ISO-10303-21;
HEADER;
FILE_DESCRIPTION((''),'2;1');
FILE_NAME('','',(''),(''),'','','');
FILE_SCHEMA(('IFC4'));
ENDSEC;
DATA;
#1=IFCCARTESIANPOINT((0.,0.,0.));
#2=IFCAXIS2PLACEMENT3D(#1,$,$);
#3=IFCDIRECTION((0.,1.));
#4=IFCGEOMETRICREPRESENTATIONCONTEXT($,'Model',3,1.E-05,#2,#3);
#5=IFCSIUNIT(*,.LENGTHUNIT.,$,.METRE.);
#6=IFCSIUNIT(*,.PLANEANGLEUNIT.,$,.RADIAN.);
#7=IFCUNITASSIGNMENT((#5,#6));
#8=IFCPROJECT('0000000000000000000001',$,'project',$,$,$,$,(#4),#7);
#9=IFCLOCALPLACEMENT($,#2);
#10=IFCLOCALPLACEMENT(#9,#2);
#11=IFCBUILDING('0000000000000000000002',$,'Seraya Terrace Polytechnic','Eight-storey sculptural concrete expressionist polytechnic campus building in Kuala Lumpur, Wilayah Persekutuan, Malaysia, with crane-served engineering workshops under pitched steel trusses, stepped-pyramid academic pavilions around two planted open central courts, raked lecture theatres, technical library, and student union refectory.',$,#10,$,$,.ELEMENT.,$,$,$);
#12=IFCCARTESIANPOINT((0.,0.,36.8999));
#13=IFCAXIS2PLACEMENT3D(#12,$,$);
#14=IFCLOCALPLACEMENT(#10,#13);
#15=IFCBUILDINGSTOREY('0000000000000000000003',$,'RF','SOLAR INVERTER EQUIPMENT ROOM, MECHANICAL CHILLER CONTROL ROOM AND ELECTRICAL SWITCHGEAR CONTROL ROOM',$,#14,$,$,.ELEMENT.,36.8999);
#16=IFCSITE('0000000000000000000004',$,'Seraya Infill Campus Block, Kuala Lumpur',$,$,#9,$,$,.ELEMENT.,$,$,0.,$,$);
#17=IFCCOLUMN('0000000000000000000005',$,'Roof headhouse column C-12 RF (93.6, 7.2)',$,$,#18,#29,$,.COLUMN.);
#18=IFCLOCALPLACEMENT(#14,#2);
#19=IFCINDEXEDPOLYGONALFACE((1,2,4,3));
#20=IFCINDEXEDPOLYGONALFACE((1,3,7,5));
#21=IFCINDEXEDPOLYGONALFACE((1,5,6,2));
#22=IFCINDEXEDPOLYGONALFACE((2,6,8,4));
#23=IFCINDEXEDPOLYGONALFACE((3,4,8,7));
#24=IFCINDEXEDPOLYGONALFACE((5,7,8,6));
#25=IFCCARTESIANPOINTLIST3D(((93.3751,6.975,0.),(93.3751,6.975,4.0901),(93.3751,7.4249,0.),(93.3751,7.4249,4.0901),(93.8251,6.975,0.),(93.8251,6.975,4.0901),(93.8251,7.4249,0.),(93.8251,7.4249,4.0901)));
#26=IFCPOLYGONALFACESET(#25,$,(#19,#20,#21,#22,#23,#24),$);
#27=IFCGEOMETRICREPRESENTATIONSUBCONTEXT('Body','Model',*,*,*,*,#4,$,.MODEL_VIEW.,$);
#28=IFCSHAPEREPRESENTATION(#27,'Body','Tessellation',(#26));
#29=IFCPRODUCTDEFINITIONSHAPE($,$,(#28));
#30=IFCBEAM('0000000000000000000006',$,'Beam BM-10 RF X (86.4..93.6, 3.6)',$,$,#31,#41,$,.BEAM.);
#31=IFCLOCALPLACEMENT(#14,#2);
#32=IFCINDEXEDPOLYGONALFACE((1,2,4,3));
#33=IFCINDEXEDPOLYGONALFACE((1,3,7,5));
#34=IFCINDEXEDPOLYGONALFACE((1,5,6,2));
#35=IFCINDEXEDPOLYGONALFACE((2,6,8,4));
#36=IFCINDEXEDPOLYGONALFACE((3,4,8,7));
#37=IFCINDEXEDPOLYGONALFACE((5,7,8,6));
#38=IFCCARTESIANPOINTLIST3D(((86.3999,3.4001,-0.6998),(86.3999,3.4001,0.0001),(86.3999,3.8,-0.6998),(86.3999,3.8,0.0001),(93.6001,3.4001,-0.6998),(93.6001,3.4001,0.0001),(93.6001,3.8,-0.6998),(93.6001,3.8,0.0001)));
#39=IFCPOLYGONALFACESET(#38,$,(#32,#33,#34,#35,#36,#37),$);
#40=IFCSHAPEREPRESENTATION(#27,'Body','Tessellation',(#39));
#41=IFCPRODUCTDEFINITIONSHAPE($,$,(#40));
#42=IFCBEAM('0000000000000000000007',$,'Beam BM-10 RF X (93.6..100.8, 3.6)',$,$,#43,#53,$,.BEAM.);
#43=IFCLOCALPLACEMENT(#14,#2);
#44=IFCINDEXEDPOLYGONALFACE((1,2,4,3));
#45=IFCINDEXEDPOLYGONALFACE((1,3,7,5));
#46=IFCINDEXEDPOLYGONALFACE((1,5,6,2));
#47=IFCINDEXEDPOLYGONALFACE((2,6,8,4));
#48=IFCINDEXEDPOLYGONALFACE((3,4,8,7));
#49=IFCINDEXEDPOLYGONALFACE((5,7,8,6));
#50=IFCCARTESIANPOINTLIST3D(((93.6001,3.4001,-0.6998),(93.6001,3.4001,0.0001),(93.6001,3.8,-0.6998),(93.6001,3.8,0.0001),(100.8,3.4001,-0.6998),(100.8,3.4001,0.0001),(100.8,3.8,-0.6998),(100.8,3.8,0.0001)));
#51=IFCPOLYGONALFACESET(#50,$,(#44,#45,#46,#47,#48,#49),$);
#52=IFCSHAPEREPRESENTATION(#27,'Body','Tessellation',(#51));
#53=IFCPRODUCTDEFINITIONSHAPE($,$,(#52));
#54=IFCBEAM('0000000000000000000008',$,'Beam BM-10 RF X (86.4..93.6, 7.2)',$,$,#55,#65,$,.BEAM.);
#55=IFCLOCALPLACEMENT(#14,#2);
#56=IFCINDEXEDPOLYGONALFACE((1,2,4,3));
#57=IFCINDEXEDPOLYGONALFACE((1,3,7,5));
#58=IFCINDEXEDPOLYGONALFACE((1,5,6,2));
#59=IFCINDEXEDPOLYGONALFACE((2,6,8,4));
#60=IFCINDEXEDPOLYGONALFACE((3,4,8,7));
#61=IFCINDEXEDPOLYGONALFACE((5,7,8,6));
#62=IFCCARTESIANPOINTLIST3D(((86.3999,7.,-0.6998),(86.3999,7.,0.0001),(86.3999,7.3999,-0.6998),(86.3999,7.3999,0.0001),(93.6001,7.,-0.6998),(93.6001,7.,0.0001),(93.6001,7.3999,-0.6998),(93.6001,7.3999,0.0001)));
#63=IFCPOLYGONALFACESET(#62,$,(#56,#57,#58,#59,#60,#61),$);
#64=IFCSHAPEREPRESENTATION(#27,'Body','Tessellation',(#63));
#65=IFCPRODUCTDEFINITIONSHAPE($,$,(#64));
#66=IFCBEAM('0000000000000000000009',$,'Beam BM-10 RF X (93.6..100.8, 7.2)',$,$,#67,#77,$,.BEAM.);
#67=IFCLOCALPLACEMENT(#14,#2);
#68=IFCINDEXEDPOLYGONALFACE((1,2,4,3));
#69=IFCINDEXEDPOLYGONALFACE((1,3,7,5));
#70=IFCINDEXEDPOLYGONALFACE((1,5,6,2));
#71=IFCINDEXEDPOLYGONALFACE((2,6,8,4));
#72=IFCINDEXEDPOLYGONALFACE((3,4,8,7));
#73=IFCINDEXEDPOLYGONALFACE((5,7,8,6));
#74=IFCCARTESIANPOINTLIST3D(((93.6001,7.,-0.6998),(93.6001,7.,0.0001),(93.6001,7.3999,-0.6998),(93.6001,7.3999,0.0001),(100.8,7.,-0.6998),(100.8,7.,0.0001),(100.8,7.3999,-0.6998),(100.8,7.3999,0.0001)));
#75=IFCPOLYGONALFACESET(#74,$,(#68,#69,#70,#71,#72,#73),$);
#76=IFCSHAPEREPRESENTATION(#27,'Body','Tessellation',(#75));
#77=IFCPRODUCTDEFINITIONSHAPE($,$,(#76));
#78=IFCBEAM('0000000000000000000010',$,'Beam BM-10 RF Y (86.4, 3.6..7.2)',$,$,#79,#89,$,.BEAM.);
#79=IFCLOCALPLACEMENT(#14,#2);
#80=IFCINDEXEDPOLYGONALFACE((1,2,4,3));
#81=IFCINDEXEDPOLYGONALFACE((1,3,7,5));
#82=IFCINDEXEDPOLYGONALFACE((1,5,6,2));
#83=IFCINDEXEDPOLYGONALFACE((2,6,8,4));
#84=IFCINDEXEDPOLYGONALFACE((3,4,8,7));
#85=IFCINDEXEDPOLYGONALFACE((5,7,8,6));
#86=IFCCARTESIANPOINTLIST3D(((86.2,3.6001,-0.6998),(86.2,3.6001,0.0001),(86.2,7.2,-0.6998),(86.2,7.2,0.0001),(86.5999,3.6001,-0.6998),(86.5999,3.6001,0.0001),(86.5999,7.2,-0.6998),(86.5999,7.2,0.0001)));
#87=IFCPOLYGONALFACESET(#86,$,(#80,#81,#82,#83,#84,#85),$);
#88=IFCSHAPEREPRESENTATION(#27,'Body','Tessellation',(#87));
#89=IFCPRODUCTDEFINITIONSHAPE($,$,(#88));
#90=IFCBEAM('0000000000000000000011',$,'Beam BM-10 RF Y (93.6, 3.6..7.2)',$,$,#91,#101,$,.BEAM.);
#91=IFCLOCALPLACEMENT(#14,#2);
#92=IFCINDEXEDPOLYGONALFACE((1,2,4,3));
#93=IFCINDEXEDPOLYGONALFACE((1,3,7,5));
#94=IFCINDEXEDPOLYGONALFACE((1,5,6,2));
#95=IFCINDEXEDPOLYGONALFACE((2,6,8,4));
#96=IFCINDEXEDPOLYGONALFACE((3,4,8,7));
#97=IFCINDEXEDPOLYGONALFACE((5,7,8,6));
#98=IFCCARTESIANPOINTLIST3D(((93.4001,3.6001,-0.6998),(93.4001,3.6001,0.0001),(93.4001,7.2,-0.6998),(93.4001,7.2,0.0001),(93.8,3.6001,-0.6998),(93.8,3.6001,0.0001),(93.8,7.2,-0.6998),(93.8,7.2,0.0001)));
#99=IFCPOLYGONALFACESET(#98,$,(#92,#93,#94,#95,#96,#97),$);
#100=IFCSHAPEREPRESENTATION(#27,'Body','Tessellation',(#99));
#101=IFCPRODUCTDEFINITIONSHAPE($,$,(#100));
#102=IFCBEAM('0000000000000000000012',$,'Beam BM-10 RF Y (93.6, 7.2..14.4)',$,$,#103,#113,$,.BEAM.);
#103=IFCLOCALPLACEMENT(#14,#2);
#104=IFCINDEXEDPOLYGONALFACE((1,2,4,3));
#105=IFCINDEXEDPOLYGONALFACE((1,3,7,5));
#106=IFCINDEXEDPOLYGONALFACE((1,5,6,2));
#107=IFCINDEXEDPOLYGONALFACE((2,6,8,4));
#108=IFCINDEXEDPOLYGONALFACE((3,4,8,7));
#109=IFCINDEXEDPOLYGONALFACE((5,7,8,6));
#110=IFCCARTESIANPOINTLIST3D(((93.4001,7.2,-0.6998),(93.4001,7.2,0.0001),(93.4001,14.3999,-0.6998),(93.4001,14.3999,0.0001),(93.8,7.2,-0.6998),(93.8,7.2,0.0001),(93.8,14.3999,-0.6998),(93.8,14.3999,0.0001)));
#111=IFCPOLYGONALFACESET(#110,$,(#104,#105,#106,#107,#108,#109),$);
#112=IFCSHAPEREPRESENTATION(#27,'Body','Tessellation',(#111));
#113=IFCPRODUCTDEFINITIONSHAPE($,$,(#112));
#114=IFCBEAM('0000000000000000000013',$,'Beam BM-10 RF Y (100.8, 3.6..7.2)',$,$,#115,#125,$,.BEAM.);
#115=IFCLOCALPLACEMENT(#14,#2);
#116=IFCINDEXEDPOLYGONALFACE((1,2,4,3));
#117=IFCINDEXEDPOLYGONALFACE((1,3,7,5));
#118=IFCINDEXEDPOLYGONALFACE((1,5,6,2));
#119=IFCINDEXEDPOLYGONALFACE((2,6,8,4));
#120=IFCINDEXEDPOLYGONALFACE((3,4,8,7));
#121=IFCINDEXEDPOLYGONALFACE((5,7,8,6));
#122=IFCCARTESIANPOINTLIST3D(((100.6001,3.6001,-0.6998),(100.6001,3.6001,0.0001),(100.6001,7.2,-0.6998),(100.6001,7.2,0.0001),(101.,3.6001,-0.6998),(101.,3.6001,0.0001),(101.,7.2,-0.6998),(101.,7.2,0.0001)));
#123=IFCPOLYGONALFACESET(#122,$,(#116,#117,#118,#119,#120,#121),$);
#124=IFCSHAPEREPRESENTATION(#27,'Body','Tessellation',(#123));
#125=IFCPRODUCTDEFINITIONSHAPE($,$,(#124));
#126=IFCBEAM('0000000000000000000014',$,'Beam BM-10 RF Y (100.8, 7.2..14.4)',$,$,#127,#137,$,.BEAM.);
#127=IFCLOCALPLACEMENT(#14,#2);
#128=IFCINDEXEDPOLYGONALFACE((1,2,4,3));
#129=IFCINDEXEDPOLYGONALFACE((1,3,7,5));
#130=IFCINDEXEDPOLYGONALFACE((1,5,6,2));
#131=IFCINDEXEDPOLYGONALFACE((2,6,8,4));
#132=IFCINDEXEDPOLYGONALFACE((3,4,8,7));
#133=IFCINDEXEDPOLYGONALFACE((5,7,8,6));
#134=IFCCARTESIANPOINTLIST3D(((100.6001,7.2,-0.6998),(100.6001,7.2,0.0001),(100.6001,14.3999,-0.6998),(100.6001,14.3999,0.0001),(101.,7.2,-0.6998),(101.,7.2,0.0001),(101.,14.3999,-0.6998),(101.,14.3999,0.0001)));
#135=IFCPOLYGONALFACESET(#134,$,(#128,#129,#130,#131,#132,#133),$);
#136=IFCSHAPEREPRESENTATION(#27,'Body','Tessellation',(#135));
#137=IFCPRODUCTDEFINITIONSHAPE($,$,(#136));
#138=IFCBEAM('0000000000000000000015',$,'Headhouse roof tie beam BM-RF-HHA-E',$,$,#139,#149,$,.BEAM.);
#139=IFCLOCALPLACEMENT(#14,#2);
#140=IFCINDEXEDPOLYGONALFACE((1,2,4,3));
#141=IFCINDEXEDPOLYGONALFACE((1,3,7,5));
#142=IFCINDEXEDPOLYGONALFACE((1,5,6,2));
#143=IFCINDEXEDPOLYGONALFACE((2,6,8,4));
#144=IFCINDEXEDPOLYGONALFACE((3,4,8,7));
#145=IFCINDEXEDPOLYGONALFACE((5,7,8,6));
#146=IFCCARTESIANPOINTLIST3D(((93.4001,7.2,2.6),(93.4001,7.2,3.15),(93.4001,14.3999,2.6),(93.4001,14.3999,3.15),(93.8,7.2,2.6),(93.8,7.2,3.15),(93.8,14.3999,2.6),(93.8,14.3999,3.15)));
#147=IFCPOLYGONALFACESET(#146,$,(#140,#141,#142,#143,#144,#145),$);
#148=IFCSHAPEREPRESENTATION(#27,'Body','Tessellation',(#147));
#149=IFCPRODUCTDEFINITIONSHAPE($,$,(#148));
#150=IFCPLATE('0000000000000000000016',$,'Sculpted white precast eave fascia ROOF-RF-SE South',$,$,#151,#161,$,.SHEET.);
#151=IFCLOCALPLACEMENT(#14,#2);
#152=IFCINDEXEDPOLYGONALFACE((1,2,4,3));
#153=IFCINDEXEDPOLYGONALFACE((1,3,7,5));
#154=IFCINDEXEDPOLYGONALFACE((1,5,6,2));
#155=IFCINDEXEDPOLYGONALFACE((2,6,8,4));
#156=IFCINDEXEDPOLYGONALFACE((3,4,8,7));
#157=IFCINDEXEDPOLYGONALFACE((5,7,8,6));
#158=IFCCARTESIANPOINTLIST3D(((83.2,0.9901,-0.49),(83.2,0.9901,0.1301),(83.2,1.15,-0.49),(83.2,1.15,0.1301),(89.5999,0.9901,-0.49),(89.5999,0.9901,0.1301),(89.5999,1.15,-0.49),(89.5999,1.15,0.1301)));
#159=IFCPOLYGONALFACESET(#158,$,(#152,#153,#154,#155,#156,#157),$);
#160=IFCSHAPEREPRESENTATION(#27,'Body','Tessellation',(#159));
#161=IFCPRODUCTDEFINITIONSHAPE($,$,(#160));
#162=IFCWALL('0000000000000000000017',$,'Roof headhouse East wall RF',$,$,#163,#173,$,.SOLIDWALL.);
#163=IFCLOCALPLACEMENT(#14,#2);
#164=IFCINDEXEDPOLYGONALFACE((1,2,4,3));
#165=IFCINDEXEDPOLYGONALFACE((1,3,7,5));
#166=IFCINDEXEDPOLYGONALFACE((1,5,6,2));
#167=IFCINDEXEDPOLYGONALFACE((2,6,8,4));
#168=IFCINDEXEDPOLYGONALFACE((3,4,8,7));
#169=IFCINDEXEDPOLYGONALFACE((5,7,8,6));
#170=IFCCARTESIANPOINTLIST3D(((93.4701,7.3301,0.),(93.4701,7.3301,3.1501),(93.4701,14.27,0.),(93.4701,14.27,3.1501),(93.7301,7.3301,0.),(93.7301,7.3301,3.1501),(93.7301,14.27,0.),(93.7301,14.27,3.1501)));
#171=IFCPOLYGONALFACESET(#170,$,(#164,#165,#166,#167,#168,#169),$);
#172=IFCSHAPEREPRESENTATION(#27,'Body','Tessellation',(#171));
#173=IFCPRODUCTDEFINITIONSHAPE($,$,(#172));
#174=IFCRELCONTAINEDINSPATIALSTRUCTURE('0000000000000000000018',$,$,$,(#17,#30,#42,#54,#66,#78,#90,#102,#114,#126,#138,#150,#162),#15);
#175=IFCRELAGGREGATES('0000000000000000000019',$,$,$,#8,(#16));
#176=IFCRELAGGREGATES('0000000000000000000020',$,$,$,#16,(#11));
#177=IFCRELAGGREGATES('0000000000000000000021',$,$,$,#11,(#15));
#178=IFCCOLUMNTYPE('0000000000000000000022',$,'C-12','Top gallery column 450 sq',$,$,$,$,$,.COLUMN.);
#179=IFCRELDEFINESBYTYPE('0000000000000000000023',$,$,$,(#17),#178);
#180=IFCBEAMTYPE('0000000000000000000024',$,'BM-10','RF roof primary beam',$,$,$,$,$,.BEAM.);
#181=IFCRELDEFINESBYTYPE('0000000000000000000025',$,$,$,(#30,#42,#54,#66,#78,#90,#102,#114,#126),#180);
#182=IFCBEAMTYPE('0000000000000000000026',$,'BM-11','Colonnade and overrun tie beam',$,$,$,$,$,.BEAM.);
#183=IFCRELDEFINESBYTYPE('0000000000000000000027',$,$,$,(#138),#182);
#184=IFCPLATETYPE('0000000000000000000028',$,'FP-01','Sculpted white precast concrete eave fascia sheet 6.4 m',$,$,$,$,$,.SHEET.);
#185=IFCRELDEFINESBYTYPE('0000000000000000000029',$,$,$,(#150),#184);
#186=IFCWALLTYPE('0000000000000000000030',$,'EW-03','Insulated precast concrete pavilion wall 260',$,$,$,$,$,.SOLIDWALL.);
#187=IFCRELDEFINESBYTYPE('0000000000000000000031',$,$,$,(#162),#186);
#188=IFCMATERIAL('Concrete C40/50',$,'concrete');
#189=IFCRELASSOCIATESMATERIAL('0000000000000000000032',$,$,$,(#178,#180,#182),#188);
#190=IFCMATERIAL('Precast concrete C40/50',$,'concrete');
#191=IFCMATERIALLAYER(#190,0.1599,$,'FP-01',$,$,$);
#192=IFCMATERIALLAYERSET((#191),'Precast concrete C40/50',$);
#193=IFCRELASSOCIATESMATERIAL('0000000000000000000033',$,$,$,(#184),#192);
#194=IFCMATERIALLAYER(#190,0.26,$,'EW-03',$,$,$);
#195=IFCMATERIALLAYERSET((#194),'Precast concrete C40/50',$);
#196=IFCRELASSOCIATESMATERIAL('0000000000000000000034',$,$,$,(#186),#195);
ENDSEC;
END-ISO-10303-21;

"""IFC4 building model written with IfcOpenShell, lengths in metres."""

from ifc_helpers import new_model, si_unit, direction, frame, frame_2d, origin, origin_2d, place, context, subcontext, project, spatial, rectangle, extrude, material, layer, layer_set, material_profile, profile_set, type_object, element, save


model = new_model("IFC4")

# Units and contexts
model_context = context("Model", 3, precision=1e-05, world=origin(), true_north=direction((0.0, 1.0)))
body_context = subcontext(model_context, "Body", "Model", "MODEL_VIEW")
ifc_project = project(units=[si_unit("LENGTHUNIT", "METRE"), si_unit("PLANEANGLEUNIT", "RADIAN")], contexts=[model_context])

# Site, building, storey
site_placement = place(None, origin())
site = spatial("IfcSite", under=ifc_project, at=site_placement, Name="Seraya Infill Campus Block, Kuala Lumpur", CompositionType="ELEMENT", RefElevation=0.0)
building_placement = place(site_placement, origin())
building = spatial("IfcBuilding", under=site, at=building_placement, Name="Seraya Terrace Polytechnic", Description="Eight-storey sculptural concrete expressionist polytechnic campus building in Kuala Lumpur, Wilayah Persekutuan, Malaysia, with crane-served engineering workshops under pitched steel trusses, stepped-pyramid academic pavilions around two planted open central courts, raked lecture theatres, technical library, and student union refectory.", CompositionType="ELEMENT")
storey_placement = place(building_placement, frame((0.0, 0.0, 36.8999)))
storey = spatial("IfcBuildingStorey", under=building, at=storey_placement, Name="RF", Description="SOLAR INVERTER EQUIPMENT ROOM, MECHANICAL CHILLER CONTROL ROOM AND ELECTRICAL SWITCHGEAR CONTROL ROOM", CompositionType="ELEMENT", Elevation=36.8999)

# Column
ifc_material_1 = material(Name="Concrete C40/50", Category="concrete")
ifc_material_profile_1 = material_profile(ifc_material_1, rectangle(XDim=0.45, YDim=0.45, at=origin_2d()), Name="RC 450x450")
ifc_profile_set_1 = profile_set([ifc_material_profile_1], Name="Concrete C40/50")
column_type = type_object("IfcColumnType", Name="C-12", Description="Top gallery column 450 sq", PredefinedType="COLUMN", material=ifc_profile_set_1)
column_placement = place(storey_placement, frame((93.6001, 7.2, 0.0), z_axis=(0.0, 0.0, 1.0), x_axis=(1.0, 0.0, 0.0)))
element("IfcColumn", 1, at=column_placement, inside=storey, type_object=column_type, Name="Roof headhouse column C-12 RF (93.6, 7.2)", PredefinedType="COLUMN", context=body_context, shape_type="SweptSolid", body=[
    extrude(rectangle(XDim=0.45, YDim=0.45, at=origin_2d()), origin(), (0.0, 0.0, 1.0), 4.0901),
])

# Beams
ifc_material_profile_2 = material_profile(ifc_material_1, rectangle(XDim=0.3999, YDim=0.7, at=origin_2d()), Name="RC 400x700")
ifc_profile_set_2 = profile_set([ifc_material_profile_2], Name="Concrete C40/50")
beam_type_1 = type_object("IfcBeamType", Name="BM-10", Description="RF roof primary beam", PredefinedType="BEAM", material=ifc_profile_set_2)
beam_1_placement = place(storey_placement, frame((86.3999, 3.6001, -0.3499), z_axis=(1.0, 0.0, 0.0), x_axis=(0.0, 1.0, 0.0)))
element("IfcBeam", 2, at=beam_1_placement, inside=storey, type_object=beam_type_1, Name="Beam BM-10 RF X (86.4..93.6, 3.6)", PredefinedType="BEAM", context=body_context, shape_type="SweptSolid", body=[
    extrude(rectangle(XDim=0.3999, YDim=0.7, at=origin_2d()), origin(), (0.0, 0.0, 1.0), 7.2002),
])
beam_2_placement = place(storey_placement, frame((93.6001, 3.6001, -0.3499), z_axis=(1.0, 0.0, 0.0), x_axis=(0.0, 1.0, 0.0)))
element("IfcBeam", 3, at=beam_2_placement, inside=storey, type_object=beam_type_1, Name="Beam BM-10 RF X (93.6..100.8, 3.6)", PredefinedType="BEAM", context=body_context, shape_type="SweptSolid", body=[
    extrude(rectangle(XDim=0.3999, YDim=0.7, at=origin_2d()), origin(), (0.0, 0.0, 1.0), 7.2),
])
beam_3_placement = place(storey_placement, frame((86.3999, 7.2, -0.3499), z_axis=(1.0, 0.0, 0.0), x_axis=(0.0, 1.0, 0.0)))
element("IfcBeam", 4, at=beam_3_placement, inside=storey, type_object=beam_type_1, Name="Beam BM-10 RF X (86.4..93.6, 7.2)", PredefinedType="BEAM", context=body_context, shape_type="SweptSolid", body=[
    extrude(rectangle(XDim=0.3999, YDim=0.7, at=origin_2d()), origin(), (0.0, 0.0, 1.0), 7.2002),
])
beam_4_placement = place(storey_placement, frame((93.6001, 7.2, -0.3499), z_axis=(1.0, 0.0, 0.0), x_axis=(0.0, 1.0, 0.0)))
element("IfcBeam", 5, at=beam_4_placement, inside=storey, type_object=beam_type_1, Name="Beam BM-10 RF X (93.6..100.8, 7.2)", PredefinedType="BEAM", context=body_context, shape_type="SweptSolid", body=[
    extrude(rectangle(XDim=0.3999, YDim=0.7, at=origin_2d()), origin(), (0.0, 0.0, 1.0), 7.2),
])
for number, where, z_axis, x_axis, name in (
    (6, (86.3999, 3.6001, -0.3499), (0.0, 1.0, 0.0), (-1.0, 0.0, 0.0), "Beam BM-10 RF Y (86.4, 3.6..7.2)"),
    (7, (93.6001, 3.6001, -0.3499), (0.0, 1.0, 0.0), (-1.0, 0.0, 0.0), "Beam BM-10 RF Y (93.6, 3.6..7.2)"),
):
    element("IfcBeam", number, at=place(storey_placement, frame(where, z_axis=z_axis, x_axis=x_axis)), inside=storey, type_object=beam_type_1, Name=name, PredefinedType="BEAM", context=body_context, shape_type="SweptSolid", body=[
        extrude(rectangle(XDim=0.3999, YDim=0.7, at=origin_2d()), origin(), (0.0, 0.0, 1.0), 3.5999),
    ])
beam_5_placement = place(storey_placement, frame((93.6001, 7.2, -0.3499), z_axis=(0.0, 1.0, 0.0), x_axis=(-1.0, 0.0, 0.0)))
element("IfcBeam", 8, at=beam_5_placement, inside=storey, type_object=beam_type_1, Name="Beam BM-10 RF Y (93.6, 7.2..14.4)", PredefinedType="BEAM", context=body_context, shape_type="SweptSolid", body=[
    extrude(rectangle(XDim=0.3999, YDim=0.7, at=origin_2d()), origin(), (0.0, 0.0, 1.0), 7.2),
])
beam_6_placement = place(storey_placement, frame((100.8, 3.6001, -0.3499), z_axis=(0.0, 1.0, 0.0), x_axis=(-1.0, 0.0, 0.0)))
element("IfcBeam", 9, at=beam_6_placement, inside=storey, type_object=beam_type_1, Name="Beam BM-10 RF Y (100.8, 3.6..7.2)", PredefinedType="BEAM", context=body_context, shape_type="SweptSolid", body=[
    extrude(rectangle(XDim=0.3999, YDim=0.7, at=origin_2d()), origin(), (0.0, 0.0, 1.0), 3.5999),
])
beam_7_placement = place(storey_placement, frame((100.8, 7.2, -0.3499), z_axis=(0.0, 1.0, 0.0), x_axis=(-1.0, 0.0, 0.0)))
element("IfcBeam", 10, at=beam_7_placement, inside=storey, type_object=beam_type_1, Name="Beam BM-10 RF Y (100.8, 7.2..14.4)", PredefinedType="BEAM", context=body_context, shape_type="SweptSolid", body=[
    extrude(rectangle(XDim=0.3999, YDim=0.7, at=origin_2d()), origin(), (0.0, 0.0, 1.0), 7.2),
])
ifc_material_profile_3 = material_profile(ifc_material_1, rectangle(XDim=0.3999, YDim=0.55, at=origin_2d()), Name="RC 400x550")
ifc_profile_set_3 = profile_set([ifc_material_profile_3], Name="Concrete C40/50")
beam_type_2 = type_object("IfcBeamType", Name="BM-11", Description="Colonnade and overrun tie beam", PredefinedType="BEAM", material=ifc_profile_set_3)
beam_8_placement = place(storey_placement, frame((93.6001, 7.2, 2.875), z_axis=(0.0, 1.0, 0.0), x_axis=(-1.0, 0.0, 0.0)))
element("IfcBeam", 11, at=beam_8_placement, inside=storey, type_object=beam_type_2, Name="Headhouse roof tie beam BM-RF-HHA-E", PredefinedType="BEAM", context=body_context, shape_type="SweptSolid", body=[
    extrude(rectangle(XDim=0.3999, YDim=0.55, at=origin_2d()), origin(), (0.0, 0.0, 1.0), 7.2),
])

# Plate
ifc_material_2 = material(Name="Precast concrete C40/50", Category="concrete")
ifc_layer_1 = layer(ifc_material_2, 0.1599, Name="FP-01")
ifc_layer_set_1 = layer_set([ifc_layer_1], Name="Precast concrete C40/50")
plate_type = type_object("IfcPlateType", Name="FP-01", Description="Sculpted white precast concrete eave fascia sheet 6.4 m", PredefinedType="SHEET", material=ifc_layer_set_1)
plate_placement = place(storey_placement, frame((86.3999, 1.0701, -0.49), z_axis=(0.0, 0.0, 1.0), x_axis=(1.0, 0.0, 0.0)))
element("IfcPlate", 12, at=plate_placement, inside=storey, type_object=plate_type, Name="Sculpted white precast eave fascia ROOF-RF-SE South", PredefinedType="SHEET", context=body_context, shape_type="SweptSolid", body=[
    extrude(rectangle(XDim=6.3999, YDim=0.1599, at=origin_2d()), origin(), (0.0, 0.0, 1.0), 0.6201),
])

# Wall
ifc_layer_2 = layer(ifc_material_2, 0.26, Name="EW-03")
ifc_layer_set_2 = layer_set([ifc_layer_2], Name="Precast concrete C40/50")
wall_type_1 = type_object("IfcWallType", Name="EW-03", Description="Insulated precast concrete pavilion wall 260", PredefinedType="SOLIDWALL", material=ifc_layer_set_2)
wall_1_placement = place(storey_placement, frame((93.6001, 7.3301, 0.0), z_axis=(0.0, 0.0, 1.0), x_axis=(0.0, 1.0, 0.0)))
element("IfcWall", 13, at=wall_1_placement, inside=storey, type_object=wall_type_1, Name="Roof headhouse East wall RF", PredefinedType="SOLIDWALL", context=body_context, shape_type="SweptSolid", body=[
    extrude(rectangle(XDim=6.9399, YDim=0.26, at=frame_2d((3.47, 0.0))), origin(), (0.0, 0.0, 1.0), 3.1501),
])

save(model, "model.ifc")
